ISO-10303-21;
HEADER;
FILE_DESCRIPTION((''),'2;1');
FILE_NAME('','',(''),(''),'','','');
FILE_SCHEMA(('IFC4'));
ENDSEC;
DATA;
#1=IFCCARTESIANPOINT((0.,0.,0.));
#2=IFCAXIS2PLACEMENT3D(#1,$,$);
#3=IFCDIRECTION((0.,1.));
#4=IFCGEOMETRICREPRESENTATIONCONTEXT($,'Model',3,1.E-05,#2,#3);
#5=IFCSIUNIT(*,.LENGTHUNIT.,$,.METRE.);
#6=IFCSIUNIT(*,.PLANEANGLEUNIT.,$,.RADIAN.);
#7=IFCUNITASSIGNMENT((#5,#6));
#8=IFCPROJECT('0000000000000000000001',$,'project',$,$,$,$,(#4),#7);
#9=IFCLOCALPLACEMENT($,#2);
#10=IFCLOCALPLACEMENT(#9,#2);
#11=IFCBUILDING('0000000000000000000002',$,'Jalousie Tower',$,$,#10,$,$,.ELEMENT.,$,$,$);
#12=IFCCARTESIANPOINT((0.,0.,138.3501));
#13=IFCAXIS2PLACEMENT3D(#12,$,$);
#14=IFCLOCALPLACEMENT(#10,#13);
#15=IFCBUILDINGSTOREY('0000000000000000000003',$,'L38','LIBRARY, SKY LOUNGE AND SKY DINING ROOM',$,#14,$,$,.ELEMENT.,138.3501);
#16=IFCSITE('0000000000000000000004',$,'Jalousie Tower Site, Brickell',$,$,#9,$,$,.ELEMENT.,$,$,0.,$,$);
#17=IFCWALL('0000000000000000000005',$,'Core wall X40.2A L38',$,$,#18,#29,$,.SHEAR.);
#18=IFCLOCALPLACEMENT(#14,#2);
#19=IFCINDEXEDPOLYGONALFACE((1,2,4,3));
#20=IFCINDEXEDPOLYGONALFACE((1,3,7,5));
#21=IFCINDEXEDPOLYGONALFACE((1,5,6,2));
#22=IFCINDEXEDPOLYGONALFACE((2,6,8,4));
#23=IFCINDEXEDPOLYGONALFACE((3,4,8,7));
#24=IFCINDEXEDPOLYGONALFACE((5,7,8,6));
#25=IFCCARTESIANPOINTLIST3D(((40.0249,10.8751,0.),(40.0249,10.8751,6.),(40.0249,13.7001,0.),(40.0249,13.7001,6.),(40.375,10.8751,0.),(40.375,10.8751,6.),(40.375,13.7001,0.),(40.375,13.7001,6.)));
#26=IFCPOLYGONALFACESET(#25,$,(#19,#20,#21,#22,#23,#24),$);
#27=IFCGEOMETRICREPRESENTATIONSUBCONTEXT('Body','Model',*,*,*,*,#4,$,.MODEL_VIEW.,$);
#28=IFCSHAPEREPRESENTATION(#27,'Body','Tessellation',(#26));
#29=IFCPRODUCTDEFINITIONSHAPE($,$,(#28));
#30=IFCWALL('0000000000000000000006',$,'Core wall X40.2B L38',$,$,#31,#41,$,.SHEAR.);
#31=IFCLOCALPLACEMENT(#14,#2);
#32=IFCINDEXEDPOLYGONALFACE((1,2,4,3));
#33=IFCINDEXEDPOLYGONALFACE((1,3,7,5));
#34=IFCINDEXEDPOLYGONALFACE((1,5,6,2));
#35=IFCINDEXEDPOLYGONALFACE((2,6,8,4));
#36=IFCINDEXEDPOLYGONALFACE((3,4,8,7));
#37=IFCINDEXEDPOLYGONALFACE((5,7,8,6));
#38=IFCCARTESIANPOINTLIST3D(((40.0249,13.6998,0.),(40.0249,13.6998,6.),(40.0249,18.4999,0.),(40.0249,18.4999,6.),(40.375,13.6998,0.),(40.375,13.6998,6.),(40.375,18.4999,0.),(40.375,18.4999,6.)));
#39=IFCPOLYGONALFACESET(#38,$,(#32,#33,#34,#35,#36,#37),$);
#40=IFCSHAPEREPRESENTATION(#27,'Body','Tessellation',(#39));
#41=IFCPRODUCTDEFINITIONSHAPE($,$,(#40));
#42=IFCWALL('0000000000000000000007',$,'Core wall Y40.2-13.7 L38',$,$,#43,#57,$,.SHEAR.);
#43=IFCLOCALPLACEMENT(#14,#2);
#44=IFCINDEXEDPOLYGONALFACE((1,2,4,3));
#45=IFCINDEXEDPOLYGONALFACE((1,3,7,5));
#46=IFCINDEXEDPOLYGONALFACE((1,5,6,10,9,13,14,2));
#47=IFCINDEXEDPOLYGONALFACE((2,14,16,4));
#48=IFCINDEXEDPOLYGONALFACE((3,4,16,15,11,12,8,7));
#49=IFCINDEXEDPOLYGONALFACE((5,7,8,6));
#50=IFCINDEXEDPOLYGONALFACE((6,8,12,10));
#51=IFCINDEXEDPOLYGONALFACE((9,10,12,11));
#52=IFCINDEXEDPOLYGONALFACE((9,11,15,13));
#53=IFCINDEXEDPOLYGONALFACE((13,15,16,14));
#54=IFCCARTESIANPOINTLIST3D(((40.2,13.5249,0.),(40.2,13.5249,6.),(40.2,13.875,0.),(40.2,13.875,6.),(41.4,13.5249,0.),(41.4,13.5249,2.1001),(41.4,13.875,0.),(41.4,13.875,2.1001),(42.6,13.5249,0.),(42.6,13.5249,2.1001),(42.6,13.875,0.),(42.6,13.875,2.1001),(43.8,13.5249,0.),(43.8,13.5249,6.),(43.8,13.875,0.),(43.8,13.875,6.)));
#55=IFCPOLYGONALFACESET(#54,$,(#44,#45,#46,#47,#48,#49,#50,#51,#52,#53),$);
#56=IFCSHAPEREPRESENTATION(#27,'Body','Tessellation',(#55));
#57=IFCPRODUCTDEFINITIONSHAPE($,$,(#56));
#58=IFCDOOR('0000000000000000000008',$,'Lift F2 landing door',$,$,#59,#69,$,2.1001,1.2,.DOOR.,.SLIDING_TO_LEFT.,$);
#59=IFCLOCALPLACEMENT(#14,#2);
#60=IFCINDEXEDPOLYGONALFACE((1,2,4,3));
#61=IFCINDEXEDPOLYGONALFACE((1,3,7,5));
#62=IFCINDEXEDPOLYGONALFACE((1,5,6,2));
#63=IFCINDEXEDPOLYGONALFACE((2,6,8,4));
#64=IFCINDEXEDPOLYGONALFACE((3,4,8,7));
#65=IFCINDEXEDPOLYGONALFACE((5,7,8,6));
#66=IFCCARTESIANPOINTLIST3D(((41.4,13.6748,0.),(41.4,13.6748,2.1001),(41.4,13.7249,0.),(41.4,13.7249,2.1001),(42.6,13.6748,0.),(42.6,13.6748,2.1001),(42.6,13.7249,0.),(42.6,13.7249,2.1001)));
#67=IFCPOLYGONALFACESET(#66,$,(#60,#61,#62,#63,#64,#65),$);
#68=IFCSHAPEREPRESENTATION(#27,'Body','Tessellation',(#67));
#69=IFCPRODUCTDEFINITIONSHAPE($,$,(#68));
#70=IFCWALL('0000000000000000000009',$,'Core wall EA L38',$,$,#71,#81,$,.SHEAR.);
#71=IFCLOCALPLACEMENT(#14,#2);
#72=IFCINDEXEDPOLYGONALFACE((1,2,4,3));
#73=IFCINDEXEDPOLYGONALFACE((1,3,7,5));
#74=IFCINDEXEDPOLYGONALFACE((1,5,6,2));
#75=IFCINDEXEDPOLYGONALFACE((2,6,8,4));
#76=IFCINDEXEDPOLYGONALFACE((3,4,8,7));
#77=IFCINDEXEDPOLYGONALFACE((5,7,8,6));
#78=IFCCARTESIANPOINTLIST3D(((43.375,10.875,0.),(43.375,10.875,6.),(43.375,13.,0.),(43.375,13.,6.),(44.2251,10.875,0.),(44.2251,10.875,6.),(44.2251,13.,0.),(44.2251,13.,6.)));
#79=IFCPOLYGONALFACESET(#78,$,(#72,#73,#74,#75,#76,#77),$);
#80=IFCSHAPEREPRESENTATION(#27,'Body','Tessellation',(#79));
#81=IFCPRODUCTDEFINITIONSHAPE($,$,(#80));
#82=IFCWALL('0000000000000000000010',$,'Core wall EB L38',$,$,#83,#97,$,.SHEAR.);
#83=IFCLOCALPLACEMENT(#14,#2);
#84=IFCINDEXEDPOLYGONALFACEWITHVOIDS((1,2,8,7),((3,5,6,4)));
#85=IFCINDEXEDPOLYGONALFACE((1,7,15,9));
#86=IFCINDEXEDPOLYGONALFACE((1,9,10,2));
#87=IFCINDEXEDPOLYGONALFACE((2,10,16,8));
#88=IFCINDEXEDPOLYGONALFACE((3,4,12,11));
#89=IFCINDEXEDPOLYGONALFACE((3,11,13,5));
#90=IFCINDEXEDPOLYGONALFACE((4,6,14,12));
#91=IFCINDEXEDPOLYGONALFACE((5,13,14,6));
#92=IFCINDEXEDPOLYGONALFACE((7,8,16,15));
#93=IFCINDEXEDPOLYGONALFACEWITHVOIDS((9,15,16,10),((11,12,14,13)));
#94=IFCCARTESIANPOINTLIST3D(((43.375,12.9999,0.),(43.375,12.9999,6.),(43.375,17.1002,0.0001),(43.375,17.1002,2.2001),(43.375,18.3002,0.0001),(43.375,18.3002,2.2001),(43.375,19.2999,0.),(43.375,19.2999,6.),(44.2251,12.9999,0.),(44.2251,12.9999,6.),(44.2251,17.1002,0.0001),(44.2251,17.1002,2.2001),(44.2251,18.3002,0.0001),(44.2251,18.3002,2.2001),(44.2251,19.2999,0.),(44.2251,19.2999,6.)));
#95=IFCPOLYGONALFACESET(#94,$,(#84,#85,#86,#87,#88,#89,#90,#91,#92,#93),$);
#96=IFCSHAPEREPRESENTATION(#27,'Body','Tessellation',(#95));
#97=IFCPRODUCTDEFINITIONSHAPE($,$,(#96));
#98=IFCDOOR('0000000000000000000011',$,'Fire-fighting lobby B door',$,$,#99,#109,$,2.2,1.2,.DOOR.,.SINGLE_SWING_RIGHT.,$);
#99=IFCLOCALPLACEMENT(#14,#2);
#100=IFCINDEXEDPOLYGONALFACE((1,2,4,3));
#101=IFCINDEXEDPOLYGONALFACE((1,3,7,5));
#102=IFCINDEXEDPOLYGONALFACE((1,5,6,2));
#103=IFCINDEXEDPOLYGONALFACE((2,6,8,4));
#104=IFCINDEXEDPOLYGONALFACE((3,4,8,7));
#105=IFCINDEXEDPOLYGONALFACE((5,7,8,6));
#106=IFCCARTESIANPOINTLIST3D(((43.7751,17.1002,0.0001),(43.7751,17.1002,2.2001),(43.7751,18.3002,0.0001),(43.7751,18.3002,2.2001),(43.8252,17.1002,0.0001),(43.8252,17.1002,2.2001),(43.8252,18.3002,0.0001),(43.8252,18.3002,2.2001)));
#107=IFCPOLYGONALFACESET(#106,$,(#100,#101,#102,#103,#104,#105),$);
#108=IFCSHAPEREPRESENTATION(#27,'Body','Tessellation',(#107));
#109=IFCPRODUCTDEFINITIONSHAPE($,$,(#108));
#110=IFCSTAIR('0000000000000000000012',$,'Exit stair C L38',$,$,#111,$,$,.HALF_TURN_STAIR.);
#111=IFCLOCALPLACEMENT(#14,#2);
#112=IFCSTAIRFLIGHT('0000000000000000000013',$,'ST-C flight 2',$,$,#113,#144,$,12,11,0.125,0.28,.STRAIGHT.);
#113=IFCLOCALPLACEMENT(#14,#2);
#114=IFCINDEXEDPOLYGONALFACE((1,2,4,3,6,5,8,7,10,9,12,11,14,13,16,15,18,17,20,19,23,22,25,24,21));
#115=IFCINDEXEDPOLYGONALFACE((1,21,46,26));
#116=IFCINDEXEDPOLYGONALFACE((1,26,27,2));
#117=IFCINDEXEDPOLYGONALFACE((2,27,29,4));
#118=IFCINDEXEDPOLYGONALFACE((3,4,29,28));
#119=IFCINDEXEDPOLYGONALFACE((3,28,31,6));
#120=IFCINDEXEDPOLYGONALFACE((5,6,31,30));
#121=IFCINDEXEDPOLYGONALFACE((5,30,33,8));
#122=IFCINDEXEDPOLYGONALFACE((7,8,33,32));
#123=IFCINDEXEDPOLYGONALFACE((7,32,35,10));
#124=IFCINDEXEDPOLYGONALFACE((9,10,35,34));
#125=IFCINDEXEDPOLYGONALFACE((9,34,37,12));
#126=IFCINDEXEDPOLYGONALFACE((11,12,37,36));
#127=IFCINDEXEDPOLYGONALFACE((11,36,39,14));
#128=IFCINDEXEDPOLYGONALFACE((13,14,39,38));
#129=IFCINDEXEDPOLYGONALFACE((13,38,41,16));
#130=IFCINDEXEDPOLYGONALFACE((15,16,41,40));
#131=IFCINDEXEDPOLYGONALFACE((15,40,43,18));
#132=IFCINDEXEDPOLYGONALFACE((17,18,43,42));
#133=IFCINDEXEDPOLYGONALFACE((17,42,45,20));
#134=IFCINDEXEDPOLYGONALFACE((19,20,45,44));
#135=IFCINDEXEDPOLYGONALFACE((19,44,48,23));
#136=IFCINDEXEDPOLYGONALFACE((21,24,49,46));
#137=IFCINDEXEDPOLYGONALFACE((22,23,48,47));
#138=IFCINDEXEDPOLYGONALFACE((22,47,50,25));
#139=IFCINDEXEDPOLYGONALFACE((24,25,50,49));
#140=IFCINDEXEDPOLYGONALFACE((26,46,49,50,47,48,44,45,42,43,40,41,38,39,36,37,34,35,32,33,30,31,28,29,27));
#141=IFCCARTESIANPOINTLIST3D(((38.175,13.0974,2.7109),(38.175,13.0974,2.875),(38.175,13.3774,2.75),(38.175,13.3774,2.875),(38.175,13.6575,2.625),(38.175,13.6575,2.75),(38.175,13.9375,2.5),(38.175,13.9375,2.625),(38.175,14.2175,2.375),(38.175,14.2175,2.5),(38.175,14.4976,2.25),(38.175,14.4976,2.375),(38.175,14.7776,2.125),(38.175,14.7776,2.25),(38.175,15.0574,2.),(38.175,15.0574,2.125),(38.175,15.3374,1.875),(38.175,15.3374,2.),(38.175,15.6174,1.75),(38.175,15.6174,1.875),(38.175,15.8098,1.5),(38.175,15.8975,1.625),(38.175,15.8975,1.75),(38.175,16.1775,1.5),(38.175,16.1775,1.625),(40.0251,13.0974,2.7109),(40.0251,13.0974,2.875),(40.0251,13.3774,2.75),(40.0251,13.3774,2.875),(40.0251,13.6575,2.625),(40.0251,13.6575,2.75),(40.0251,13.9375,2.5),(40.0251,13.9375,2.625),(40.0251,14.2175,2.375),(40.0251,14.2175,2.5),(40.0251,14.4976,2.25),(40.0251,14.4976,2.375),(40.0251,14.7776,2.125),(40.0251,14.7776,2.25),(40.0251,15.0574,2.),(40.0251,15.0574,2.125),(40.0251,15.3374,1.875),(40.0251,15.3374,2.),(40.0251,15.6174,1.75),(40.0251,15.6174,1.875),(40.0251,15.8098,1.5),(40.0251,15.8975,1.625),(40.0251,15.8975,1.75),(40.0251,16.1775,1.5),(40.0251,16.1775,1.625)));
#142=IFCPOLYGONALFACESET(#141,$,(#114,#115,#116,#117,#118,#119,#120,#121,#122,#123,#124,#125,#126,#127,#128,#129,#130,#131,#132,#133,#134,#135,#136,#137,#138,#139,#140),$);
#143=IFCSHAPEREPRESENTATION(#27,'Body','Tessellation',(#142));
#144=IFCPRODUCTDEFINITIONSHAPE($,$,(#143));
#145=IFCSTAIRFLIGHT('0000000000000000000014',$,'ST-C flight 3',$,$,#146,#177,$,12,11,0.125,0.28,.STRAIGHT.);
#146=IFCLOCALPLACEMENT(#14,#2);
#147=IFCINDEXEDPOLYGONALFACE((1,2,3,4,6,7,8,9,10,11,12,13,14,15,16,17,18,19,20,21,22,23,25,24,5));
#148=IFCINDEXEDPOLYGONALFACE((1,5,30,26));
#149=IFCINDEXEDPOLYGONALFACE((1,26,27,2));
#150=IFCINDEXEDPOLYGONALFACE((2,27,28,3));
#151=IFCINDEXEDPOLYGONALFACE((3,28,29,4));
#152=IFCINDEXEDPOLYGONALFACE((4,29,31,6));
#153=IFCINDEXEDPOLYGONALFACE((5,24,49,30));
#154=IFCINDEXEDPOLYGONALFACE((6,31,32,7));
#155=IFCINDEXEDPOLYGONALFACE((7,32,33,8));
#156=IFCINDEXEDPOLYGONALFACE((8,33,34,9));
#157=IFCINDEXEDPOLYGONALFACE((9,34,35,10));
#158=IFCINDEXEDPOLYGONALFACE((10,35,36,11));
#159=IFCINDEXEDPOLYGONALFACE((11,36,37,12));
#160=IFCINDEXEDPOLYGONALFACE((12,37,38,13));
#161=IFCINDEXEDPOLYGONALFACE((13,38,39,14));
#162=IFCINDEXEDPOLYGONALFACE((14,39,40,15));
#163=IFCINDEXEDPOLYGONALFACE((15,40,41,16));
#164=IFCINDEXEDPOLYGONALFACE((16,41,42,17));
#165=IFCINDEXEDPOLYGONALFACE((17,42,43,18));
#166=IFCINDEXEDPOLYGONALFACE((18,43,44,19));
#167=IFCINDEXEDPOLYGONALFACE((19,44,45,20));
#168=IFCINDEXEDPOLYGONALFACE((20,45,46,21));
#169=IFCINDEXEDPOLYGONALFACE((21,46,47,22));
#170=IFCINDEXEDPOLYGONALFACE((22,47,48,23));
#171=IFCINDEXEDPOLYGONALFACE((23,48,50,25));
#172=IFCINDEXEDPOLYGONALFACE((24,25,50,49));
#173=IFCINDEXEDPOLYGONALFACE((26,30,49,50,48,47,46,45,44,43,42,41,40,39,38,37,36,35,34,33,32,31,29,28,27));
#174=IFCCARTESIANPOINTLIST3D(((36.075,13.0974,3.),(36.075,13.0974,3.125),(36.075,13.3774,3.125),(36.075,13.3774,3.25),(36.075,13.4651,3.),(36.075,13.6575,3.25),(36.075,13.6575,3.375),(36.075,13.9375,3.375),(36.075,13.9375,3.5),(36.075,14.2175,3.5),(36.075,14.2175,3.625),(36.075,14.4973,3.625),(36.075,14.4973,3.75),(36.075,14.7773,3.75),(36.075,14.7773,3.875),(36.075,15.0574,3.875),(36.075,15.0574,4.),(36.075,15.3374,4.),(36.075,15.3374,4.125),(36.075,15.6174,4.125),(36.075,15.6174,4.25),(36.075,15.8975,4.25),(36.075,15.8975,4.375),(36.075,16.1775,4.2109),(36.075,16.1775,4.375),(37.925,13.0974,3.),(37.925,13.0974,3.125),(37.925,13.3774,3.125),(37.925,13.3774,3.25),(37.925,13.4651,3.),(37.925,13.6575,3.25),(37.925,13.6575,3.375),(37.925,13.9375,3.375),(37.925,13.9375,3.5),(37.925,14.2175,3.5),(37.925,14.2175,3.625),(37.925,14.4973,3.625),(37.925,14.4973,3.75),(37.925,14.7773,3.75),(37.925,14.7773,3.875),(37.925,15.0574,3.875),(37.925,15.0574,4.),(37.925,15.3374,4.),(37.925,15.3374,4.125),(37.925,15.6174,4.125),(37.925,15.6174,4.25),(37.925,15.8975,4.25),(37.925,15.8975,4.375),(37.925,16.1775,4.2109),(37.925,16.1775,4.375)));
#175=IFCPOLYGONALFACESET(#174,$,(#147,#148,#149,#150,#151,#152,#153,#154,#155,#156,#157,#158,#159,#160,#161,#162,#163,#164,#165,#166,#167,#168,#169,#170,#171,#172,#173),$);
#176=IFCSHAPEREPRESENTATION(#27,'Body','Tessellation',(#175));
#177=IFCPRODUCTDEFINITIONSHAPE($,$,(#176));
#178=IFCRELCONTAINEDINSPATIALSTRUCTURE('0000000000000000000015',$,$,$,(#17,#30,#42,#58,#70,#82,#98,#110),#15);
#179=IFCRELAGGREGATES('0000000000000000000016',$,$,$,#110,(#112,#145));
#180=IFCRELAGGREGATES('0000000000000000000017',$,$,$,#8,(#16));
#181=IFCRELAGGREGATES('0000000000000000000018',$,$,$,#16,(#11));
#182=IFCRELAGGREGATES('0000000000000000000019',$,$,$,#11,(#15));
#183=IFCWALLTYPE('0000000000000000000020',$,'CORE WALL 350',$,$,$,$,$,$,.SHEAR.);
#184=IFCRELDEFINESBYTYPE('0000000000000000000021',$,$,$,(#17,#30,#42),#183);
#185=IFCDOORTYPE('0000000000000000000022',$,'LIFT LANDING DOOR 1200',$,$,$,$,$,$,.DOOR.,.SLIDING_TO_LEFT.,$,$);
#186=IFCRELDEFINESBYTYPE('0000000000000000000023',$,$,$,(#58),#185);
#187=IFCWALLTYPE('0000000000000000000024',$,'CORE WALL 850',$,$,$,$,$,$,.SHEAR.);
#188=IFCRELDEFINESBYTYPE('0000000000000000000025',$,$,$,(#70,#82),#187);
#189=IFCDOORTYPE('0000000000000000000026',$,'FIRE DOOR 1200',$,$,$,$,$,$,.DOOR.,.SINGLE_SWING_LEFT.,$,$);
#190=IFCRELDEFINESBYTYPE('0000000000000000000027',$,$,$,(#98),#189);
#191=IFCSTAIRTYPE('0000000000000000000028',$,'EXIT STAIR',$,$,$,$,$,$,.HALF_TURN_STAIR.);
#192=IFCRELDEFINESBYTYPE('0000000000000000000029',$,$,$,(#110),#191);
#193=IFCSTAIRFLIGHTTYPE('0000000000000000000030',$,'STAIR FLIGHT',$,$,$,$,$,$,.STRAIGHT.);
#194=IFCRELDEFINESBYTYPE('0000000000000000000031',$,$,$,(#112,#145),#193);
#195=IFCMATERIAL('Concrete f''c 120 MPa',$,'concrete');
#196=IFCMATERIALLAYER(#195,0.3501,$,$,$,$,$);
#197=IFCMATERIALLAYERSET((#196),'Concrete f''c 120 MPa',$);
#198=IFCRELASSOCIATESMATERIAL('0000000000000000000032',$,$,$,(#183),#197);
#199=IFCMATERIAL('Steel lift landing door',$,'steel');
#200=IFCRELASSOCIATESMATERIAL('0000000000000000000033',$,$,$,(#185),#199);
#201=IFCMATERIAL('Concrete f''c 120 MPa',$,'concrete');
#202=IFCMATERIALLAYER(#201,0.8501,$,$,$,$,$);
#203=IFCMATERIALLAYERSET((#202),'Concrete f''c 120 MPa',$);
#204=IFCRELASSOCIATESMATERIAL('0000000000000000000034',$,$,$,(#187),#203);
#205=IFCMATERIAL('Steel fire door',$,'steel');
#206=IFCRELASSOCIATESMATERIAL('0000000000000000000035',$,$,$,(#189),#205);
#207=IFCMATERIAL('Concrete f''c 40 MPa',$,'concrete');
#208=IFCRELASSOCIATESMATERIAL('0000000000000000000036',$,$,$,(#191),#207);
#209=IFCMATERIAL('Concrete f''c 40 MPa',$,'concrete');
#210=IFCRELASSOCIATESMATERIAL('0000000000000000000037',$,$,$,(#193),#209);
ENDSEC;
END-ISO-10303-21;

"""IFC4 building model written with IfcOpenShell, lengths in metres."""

from ifc_helpers import new_model, si_unit, direction, frame, frame_2d, origin, place, context, subcontext, project, spatial, polyline, rectangle, outline, extrude, material, layer, layer_set, type_object, element, fill, aggregate, save


model = new_model("IFC4")

# Units and contexts
model_context = context("Model", 3, precision=1e-05, world=origin(), true_north=direction((0.0, 1.0)))
body_context = subcontext(model_context, "Body", "Model", "MODEL_VIEW")
ifc_project = project(units=[si_unit("LENGTHUNIT", "METRE"), si_unit("PLANEANGLEUNIT", "RADIAN")], contexts=[model_context])

# Site, building, storey
site_placement = place(None, origin())
site = spatial("IfcSite", under=ifc_project, at=site_placement, Name="Jalousie Tower Site, Brickell", CompositionType="ELEMENT", RefElevation=0.0)
building_placement = place(site_placement, origin())
building = spatial("IfcBuilding", under=site, at=building_placement, Name="Jalousie Tower", CompositionType="ELEMENT")
storey_placement = place(building_placement, frame((0.0, 0.0, 138.3501)))
storey = spatial("IfcBuildingStorey", under=building, at=storey_placement, Name="L38", Description="LIBRARY, SKY LOUNGE AND SKY DINING ROOM", CompositionType="ELEMENT", Elevation=138.3501)

# Walls
ifc_material_1 = material(Name="Concrete f'c 120 MPa", Category="concrete")
ifc_layer_1 = layer(ifc_material_1, 0.3501)
ifc_layer_set_1 = layer_set([ifc_layer_1], Name="Concrete f'c 120 MPa")
wall_type_1 = type_object("IfcWallType", Name="CORE WALL 350", PredefinedType="SHEAR", material=ifc_layer_set_1)
wall_1_placement = place(storey_placement, frame((40.2, 10.875, 0.0), z_axis=(0.0, 0.0, 1.0), x_axis=(0.0, 1.0, 0.0)))
element("IfcWall", 1, at=wall_1_placement, inside=storey, type_object=wall_type_1, Name="Core wall X40.2A L38", PredefinedType="SHEAR", context=body_context, shape_type="SweptSolid", body=[
    extrude(rectangle(XDim=2.825, YDim=0.3501, at=frame_2d((1.4126, 0.0))), origin(), (0.0, 0.0, 1.0), 6.0),
])
wall_2_placement = place(storey_placement, frame((40.2, 13.7, 0.0), z_axis=(0.0, 0.0, 1.0), x_axis=(0.0, 1.0, 0.0)))
element("IfcWall", 2, at=wall_2_placement, inside=storey, type_object=wall_type_1, Name="Core wall X40.2B L38", PredefinedType="SHEAR", context=body_context, shape_type="SweptSolid", body=[
    extrude(rectangle(XDim=4.8, YDim=0.3501, at=frame_2d((2.3999, 0.0))), origin(), (0.0, 0.0, 1.0), 6.0),
])

# Wall, opening, door
wall_3_placement = place(storey_placement, frame((40.2, 13.7, 0.0), z_axis=(0.0, 0.0, 1.0), x_axis=(1.0, 0.0, 0.0)))
wall_3 = element("IfcWall", 3, at=wall_3_placement, inside=storey, type_object=wall_type_1, Name="Core wall Y40.2-13.7 L38", PredefinedType="SHEAR", context=body_context, shape_type="SweptSolid", body=[
    extrude(rectangle(XDim=3.6001, YDim=0.3501, at=frame_2d((1.8, 0.0))), origin(), (0.0, 0.0, 1.0), 6.0),
])
opening_1_placement = place(wall_3_placement, frame((1.2, 0.0, 0.0)))
opening_1 = element("IfcOpeningElement", 4, at=opening_1_placement, cuts=wall_3, PredefinedType="OPENING", context=body_context, shape_type="SweptSolid", body=[
    extrude(rectangle(XDim=1.2, YDim=2.1001, at=frame_2d((0.6001, 1.05))), frame((0.0, 0.1851, 0.0), z_axis=(0.0, -1.0, 0.0), x_axis=(1.0, 0.0, 0.0)), (0.0, 0.0, 1.0), 0.3701),
])
ifc_material_2 = material(Name="Steel lift landing door", Category="steel")
door_type_1 = type_object("IfcDoorType", Name="LIFT LANDING DOOR 1200", OperationType="SLIDING_TO_LEFT", PredefinedType="DOOR", material=ifc_material_2)
door_1_placement = place(opening_1_placement, origin())
door_1 = element("IfcDoor", 5, at=door_1_placement, inside=storey, type_object=door_type_1, Name="Lift F2 landing door", OperationType="SLIDING_TO_LEFT", OverallHeight=2.1001, OverallWidth=1.2, PredefinedType="DOOR", context=body_context, shape_type="SweptSolid", body=[
    extrude(rectangle(XDim=1.2, YDim=2.1001, at=frame_2d((0.6001, 1.05))), frame((0.0, 0.0249, 0.0), z_axis=(0.0, -1.0, 0.0), x_axis=(1.0, 0.0, 0.0)), (0.0, 0.0, 1.0), 0.05),
])
fill(opening_1, door_1)

# Wall
ifc_material_3 = material(Name="Concrete f'c 120 MPa", Category="concrete")
ifc_layer_2 = layer(ifc_material_3, 0.8501)
ifc_layer_set_2 = layer_set([ifc_layer_2], Name="Concrete f'c 120 MPa")
wall_type_2 = type_object("IfcWallType", Name="CORE WALL 850", PredefinedType="SHEAR", material=ifc_layer_set_2)
wall_4_placement = place(storey_placement, frame((43.8, 10.875, 0.0), z_axis=(0.0, 0.0, 1.0), x_axis=(0.0, 1.0, 0.0)))
element("IfcWall", 6, at=wall_4_placement, inside=storey, type_object=wall_type_2, Name="Core wall EA L38", PredefinedType="SHEAR", context=body_context, shape_type="SweptSolid", body=[
    extrude(rectangle(XDim=2.125, YDim=0.8501, at=frame_2d((1.0625, 0.0))), origin(), (0.0, 0.0, 1.0), 6.0),
])

# Wall, opening, door
wall_5_placement = place(storey_placement, frame((43.8, 13.0, 0.0), z_axis=(0.0, 0.0, 1.0), x_axis=(0.0, 1.0, 0.0)))
wall_5 = element("IfcWall", 7, at=wall_5_placement, inside=storey, type_object=wall_type_2, Name="Core wall EB L38", PredefinedType="SHEAR", context=body_context, shape_type="SweptSolid", body=[
    extrude(rectangle(XDim=6.3, YDim=0.8501, at=frame_2d((3.1499, 0.0))), origin(), (0.0, 0.0, 1.0), 6.0),
])
opening_2_placement = place(wall_5_placement, frame((4.1001, 0.0, 0.0)))
opening_2 = element("IfcOpeningElement", 8, at=opening_2_placement, cuts=wall_5, PredefinedType="OPENING", context=body_context, shape_type="SweptSolid", body=[
    extrude(rectangle(XDim=1.2, YDim=2.2, at=frame_2d((0.6001, 1.1001))), frame((0.0, 0.4351, 0.0), z_axis=(0.0, -1.0, 0.0), x_axis=(1.0, 0.0, 0.0)), (0.0, 0.0, 1.0), 0.8701),
])
ifc_material_4 = material(Name="Steel fire door", Category="steel")
door_type_2 = type_object("IfcDoorType", Name="FIRE DOOR 1200", OperationType="SINGLE_SWING_LEFT", PredefinedType="DOOR", material=ifc_material_4)
door_2_placement = place(opening_2_placement, origin())
door_2 = element("IfcDoor", 9, at=door_2_placement, inside=storey, type_object=door_type_2, Name="Fire-fighting lobby B door", OperationType="SINGLE_SWING_RIGHT", OverallHeight=2.2, OverallWidth=1.2, PredefinedType="DOOR", context=body_context, shape_type="SweptSolid", body=[
    extrude(rectangle(XDim=1.2, YDim=2.2, at=frame_2d((0.6001, 1.1001))), frame((0.0, 0.0249, 0.0), z_axis=(0.0, -1.0, 0.0), x_axis=(1.0, 0.0, 0.0)), (0.0, 0.0, 1.0), 0.05),
])
fill(opening_2, door_2)

# Stair, stair flights
ifc_material_5 = material(Name="Concrete f'c 40 MPa", Category="concrete")
stair_type = type_object("IfcStairType", Name="EXIT STAIR", PredefinedType="HALF_TURN_STAIR", material=ifc_material_5)
stair_placement = place(storey_placement, origin())
stair = element("IfcStair", 10, at=stair_placement, inside=storey, type_object=stair_type, Name="Exit stair C L38", PredefinedType="HALF_TURN_STAIR")
ifc_material_6 = material(Name="Concrete f'c 40 MPa", Category="concrete")
stair_flight_type = type_object("IfcStairFlightType", Name="STAIR FLIGHT", PredefinedType="STRAIGHT", material=ifc_material_6)
stair_flight_1_placement = place(storey_placement, frame((39.1001, 16.1775, 1.5), z_axis=(0.0, 0.0, 1.0), x_axis=(0.0, -1.0, 0.0)))
stair_flight_1 = element("IfcStairFlight", 11, at=stair_flight_1_placement, type_object=stair_flight_type, Name="ST-C flight 2", NumberOfRisers=12, NumberOfTreads=11, PredefinedType="STRAIGHT", RiserHeight=0.125, TreadLength=0.28, context=body_context, shape_type="SweptSolid", body=[
    extrude(outline(polyline([(0.0, 0.0), (0.0, 0.125), (0.28, 0.125), (0.28, 0.25), (0.5601, 0.25), (0.5601, 0.375), (0.8401, 0.375), (0.8401, 0.5), (1.1201, 0.5), (1.1201, 0.625), (1.3999, 0.625), (1.3999, 0.75), (1.6799, 0.75), (1.6799, 0.875), (1.96, 0.875), (1.96, 1.0), (2.24, 1.0), (2.24, 1.125), (2.52, 1.125), (2.52, 1.25), (2.8, 1.25), (2.8, 1.375), (3.0801, 1.375), (3.0801, 1.5), (3.0801, 1.2109), (0.3677, 0.0), (0.0, 0.0)])), frame((0.0, 0.925, 0.0), z_axis=(0.0, -1.0, 0.0), x_axis=(1.0, 0.0, 0.0)), (0.0, 0.0, 1.0), 1.8501),
])
stair_flight_2_placement = place(storey_placement, frame((37.0, 13.0974, 3.0), z_axis=(0.0, 0.0, 1.0), x_axis=(0.0, 1.0, 0.0)))
stair_flight_2 = element("IfcStairFlight", 12, at=stair_flight_2_placement, type_object=stair_flight_type, Name="ST-C flight 3", NumberOfRisers=12, NumberOfTreads=11, PredefinedType="STRAIGHT", RiserHeight=0.125, TreadLength=0.28, context=body_context, shape_type="SweptSolid", body=[
    extrude(outline(polyline([(0.0, 0.0), (0.0, 0.125), (0.28, 0.125), (0.28, 0.25), (0.5601, 0.25), (0.5601, 0.375), (0.8401, 0.375), (0.8401, 0.5), (1.1201, 0.5), (1.1201, 0.625), (1.3999, 0.625), (1.3999, 0.75), (1.6799, 0.75), (1.6799, 0.875), (1.96, 0.875), (1.96, 1.0), (2.24, 1.0), (2.24, 1.125), (2.52, 1.125), (2.52, 1.25), (2.8, 1.25), (2.8, 1.375), (3.0801, 1.375), (3.0801, 1.5), (3.0801, 1.2109), (0.3677, 0.0), (0.0, 0.0)])), frame((0.0, 0.925, 0.0), z_axis=(0.0, -1.0, 0.0), x_axis=(1.0, 0.0, 0.0)), (0.0, 0.0, 1.0), 1.8501),
])
aggregate(stair, [stair_flight_1, stair_flight_2])

save(model, "model.ifc")
